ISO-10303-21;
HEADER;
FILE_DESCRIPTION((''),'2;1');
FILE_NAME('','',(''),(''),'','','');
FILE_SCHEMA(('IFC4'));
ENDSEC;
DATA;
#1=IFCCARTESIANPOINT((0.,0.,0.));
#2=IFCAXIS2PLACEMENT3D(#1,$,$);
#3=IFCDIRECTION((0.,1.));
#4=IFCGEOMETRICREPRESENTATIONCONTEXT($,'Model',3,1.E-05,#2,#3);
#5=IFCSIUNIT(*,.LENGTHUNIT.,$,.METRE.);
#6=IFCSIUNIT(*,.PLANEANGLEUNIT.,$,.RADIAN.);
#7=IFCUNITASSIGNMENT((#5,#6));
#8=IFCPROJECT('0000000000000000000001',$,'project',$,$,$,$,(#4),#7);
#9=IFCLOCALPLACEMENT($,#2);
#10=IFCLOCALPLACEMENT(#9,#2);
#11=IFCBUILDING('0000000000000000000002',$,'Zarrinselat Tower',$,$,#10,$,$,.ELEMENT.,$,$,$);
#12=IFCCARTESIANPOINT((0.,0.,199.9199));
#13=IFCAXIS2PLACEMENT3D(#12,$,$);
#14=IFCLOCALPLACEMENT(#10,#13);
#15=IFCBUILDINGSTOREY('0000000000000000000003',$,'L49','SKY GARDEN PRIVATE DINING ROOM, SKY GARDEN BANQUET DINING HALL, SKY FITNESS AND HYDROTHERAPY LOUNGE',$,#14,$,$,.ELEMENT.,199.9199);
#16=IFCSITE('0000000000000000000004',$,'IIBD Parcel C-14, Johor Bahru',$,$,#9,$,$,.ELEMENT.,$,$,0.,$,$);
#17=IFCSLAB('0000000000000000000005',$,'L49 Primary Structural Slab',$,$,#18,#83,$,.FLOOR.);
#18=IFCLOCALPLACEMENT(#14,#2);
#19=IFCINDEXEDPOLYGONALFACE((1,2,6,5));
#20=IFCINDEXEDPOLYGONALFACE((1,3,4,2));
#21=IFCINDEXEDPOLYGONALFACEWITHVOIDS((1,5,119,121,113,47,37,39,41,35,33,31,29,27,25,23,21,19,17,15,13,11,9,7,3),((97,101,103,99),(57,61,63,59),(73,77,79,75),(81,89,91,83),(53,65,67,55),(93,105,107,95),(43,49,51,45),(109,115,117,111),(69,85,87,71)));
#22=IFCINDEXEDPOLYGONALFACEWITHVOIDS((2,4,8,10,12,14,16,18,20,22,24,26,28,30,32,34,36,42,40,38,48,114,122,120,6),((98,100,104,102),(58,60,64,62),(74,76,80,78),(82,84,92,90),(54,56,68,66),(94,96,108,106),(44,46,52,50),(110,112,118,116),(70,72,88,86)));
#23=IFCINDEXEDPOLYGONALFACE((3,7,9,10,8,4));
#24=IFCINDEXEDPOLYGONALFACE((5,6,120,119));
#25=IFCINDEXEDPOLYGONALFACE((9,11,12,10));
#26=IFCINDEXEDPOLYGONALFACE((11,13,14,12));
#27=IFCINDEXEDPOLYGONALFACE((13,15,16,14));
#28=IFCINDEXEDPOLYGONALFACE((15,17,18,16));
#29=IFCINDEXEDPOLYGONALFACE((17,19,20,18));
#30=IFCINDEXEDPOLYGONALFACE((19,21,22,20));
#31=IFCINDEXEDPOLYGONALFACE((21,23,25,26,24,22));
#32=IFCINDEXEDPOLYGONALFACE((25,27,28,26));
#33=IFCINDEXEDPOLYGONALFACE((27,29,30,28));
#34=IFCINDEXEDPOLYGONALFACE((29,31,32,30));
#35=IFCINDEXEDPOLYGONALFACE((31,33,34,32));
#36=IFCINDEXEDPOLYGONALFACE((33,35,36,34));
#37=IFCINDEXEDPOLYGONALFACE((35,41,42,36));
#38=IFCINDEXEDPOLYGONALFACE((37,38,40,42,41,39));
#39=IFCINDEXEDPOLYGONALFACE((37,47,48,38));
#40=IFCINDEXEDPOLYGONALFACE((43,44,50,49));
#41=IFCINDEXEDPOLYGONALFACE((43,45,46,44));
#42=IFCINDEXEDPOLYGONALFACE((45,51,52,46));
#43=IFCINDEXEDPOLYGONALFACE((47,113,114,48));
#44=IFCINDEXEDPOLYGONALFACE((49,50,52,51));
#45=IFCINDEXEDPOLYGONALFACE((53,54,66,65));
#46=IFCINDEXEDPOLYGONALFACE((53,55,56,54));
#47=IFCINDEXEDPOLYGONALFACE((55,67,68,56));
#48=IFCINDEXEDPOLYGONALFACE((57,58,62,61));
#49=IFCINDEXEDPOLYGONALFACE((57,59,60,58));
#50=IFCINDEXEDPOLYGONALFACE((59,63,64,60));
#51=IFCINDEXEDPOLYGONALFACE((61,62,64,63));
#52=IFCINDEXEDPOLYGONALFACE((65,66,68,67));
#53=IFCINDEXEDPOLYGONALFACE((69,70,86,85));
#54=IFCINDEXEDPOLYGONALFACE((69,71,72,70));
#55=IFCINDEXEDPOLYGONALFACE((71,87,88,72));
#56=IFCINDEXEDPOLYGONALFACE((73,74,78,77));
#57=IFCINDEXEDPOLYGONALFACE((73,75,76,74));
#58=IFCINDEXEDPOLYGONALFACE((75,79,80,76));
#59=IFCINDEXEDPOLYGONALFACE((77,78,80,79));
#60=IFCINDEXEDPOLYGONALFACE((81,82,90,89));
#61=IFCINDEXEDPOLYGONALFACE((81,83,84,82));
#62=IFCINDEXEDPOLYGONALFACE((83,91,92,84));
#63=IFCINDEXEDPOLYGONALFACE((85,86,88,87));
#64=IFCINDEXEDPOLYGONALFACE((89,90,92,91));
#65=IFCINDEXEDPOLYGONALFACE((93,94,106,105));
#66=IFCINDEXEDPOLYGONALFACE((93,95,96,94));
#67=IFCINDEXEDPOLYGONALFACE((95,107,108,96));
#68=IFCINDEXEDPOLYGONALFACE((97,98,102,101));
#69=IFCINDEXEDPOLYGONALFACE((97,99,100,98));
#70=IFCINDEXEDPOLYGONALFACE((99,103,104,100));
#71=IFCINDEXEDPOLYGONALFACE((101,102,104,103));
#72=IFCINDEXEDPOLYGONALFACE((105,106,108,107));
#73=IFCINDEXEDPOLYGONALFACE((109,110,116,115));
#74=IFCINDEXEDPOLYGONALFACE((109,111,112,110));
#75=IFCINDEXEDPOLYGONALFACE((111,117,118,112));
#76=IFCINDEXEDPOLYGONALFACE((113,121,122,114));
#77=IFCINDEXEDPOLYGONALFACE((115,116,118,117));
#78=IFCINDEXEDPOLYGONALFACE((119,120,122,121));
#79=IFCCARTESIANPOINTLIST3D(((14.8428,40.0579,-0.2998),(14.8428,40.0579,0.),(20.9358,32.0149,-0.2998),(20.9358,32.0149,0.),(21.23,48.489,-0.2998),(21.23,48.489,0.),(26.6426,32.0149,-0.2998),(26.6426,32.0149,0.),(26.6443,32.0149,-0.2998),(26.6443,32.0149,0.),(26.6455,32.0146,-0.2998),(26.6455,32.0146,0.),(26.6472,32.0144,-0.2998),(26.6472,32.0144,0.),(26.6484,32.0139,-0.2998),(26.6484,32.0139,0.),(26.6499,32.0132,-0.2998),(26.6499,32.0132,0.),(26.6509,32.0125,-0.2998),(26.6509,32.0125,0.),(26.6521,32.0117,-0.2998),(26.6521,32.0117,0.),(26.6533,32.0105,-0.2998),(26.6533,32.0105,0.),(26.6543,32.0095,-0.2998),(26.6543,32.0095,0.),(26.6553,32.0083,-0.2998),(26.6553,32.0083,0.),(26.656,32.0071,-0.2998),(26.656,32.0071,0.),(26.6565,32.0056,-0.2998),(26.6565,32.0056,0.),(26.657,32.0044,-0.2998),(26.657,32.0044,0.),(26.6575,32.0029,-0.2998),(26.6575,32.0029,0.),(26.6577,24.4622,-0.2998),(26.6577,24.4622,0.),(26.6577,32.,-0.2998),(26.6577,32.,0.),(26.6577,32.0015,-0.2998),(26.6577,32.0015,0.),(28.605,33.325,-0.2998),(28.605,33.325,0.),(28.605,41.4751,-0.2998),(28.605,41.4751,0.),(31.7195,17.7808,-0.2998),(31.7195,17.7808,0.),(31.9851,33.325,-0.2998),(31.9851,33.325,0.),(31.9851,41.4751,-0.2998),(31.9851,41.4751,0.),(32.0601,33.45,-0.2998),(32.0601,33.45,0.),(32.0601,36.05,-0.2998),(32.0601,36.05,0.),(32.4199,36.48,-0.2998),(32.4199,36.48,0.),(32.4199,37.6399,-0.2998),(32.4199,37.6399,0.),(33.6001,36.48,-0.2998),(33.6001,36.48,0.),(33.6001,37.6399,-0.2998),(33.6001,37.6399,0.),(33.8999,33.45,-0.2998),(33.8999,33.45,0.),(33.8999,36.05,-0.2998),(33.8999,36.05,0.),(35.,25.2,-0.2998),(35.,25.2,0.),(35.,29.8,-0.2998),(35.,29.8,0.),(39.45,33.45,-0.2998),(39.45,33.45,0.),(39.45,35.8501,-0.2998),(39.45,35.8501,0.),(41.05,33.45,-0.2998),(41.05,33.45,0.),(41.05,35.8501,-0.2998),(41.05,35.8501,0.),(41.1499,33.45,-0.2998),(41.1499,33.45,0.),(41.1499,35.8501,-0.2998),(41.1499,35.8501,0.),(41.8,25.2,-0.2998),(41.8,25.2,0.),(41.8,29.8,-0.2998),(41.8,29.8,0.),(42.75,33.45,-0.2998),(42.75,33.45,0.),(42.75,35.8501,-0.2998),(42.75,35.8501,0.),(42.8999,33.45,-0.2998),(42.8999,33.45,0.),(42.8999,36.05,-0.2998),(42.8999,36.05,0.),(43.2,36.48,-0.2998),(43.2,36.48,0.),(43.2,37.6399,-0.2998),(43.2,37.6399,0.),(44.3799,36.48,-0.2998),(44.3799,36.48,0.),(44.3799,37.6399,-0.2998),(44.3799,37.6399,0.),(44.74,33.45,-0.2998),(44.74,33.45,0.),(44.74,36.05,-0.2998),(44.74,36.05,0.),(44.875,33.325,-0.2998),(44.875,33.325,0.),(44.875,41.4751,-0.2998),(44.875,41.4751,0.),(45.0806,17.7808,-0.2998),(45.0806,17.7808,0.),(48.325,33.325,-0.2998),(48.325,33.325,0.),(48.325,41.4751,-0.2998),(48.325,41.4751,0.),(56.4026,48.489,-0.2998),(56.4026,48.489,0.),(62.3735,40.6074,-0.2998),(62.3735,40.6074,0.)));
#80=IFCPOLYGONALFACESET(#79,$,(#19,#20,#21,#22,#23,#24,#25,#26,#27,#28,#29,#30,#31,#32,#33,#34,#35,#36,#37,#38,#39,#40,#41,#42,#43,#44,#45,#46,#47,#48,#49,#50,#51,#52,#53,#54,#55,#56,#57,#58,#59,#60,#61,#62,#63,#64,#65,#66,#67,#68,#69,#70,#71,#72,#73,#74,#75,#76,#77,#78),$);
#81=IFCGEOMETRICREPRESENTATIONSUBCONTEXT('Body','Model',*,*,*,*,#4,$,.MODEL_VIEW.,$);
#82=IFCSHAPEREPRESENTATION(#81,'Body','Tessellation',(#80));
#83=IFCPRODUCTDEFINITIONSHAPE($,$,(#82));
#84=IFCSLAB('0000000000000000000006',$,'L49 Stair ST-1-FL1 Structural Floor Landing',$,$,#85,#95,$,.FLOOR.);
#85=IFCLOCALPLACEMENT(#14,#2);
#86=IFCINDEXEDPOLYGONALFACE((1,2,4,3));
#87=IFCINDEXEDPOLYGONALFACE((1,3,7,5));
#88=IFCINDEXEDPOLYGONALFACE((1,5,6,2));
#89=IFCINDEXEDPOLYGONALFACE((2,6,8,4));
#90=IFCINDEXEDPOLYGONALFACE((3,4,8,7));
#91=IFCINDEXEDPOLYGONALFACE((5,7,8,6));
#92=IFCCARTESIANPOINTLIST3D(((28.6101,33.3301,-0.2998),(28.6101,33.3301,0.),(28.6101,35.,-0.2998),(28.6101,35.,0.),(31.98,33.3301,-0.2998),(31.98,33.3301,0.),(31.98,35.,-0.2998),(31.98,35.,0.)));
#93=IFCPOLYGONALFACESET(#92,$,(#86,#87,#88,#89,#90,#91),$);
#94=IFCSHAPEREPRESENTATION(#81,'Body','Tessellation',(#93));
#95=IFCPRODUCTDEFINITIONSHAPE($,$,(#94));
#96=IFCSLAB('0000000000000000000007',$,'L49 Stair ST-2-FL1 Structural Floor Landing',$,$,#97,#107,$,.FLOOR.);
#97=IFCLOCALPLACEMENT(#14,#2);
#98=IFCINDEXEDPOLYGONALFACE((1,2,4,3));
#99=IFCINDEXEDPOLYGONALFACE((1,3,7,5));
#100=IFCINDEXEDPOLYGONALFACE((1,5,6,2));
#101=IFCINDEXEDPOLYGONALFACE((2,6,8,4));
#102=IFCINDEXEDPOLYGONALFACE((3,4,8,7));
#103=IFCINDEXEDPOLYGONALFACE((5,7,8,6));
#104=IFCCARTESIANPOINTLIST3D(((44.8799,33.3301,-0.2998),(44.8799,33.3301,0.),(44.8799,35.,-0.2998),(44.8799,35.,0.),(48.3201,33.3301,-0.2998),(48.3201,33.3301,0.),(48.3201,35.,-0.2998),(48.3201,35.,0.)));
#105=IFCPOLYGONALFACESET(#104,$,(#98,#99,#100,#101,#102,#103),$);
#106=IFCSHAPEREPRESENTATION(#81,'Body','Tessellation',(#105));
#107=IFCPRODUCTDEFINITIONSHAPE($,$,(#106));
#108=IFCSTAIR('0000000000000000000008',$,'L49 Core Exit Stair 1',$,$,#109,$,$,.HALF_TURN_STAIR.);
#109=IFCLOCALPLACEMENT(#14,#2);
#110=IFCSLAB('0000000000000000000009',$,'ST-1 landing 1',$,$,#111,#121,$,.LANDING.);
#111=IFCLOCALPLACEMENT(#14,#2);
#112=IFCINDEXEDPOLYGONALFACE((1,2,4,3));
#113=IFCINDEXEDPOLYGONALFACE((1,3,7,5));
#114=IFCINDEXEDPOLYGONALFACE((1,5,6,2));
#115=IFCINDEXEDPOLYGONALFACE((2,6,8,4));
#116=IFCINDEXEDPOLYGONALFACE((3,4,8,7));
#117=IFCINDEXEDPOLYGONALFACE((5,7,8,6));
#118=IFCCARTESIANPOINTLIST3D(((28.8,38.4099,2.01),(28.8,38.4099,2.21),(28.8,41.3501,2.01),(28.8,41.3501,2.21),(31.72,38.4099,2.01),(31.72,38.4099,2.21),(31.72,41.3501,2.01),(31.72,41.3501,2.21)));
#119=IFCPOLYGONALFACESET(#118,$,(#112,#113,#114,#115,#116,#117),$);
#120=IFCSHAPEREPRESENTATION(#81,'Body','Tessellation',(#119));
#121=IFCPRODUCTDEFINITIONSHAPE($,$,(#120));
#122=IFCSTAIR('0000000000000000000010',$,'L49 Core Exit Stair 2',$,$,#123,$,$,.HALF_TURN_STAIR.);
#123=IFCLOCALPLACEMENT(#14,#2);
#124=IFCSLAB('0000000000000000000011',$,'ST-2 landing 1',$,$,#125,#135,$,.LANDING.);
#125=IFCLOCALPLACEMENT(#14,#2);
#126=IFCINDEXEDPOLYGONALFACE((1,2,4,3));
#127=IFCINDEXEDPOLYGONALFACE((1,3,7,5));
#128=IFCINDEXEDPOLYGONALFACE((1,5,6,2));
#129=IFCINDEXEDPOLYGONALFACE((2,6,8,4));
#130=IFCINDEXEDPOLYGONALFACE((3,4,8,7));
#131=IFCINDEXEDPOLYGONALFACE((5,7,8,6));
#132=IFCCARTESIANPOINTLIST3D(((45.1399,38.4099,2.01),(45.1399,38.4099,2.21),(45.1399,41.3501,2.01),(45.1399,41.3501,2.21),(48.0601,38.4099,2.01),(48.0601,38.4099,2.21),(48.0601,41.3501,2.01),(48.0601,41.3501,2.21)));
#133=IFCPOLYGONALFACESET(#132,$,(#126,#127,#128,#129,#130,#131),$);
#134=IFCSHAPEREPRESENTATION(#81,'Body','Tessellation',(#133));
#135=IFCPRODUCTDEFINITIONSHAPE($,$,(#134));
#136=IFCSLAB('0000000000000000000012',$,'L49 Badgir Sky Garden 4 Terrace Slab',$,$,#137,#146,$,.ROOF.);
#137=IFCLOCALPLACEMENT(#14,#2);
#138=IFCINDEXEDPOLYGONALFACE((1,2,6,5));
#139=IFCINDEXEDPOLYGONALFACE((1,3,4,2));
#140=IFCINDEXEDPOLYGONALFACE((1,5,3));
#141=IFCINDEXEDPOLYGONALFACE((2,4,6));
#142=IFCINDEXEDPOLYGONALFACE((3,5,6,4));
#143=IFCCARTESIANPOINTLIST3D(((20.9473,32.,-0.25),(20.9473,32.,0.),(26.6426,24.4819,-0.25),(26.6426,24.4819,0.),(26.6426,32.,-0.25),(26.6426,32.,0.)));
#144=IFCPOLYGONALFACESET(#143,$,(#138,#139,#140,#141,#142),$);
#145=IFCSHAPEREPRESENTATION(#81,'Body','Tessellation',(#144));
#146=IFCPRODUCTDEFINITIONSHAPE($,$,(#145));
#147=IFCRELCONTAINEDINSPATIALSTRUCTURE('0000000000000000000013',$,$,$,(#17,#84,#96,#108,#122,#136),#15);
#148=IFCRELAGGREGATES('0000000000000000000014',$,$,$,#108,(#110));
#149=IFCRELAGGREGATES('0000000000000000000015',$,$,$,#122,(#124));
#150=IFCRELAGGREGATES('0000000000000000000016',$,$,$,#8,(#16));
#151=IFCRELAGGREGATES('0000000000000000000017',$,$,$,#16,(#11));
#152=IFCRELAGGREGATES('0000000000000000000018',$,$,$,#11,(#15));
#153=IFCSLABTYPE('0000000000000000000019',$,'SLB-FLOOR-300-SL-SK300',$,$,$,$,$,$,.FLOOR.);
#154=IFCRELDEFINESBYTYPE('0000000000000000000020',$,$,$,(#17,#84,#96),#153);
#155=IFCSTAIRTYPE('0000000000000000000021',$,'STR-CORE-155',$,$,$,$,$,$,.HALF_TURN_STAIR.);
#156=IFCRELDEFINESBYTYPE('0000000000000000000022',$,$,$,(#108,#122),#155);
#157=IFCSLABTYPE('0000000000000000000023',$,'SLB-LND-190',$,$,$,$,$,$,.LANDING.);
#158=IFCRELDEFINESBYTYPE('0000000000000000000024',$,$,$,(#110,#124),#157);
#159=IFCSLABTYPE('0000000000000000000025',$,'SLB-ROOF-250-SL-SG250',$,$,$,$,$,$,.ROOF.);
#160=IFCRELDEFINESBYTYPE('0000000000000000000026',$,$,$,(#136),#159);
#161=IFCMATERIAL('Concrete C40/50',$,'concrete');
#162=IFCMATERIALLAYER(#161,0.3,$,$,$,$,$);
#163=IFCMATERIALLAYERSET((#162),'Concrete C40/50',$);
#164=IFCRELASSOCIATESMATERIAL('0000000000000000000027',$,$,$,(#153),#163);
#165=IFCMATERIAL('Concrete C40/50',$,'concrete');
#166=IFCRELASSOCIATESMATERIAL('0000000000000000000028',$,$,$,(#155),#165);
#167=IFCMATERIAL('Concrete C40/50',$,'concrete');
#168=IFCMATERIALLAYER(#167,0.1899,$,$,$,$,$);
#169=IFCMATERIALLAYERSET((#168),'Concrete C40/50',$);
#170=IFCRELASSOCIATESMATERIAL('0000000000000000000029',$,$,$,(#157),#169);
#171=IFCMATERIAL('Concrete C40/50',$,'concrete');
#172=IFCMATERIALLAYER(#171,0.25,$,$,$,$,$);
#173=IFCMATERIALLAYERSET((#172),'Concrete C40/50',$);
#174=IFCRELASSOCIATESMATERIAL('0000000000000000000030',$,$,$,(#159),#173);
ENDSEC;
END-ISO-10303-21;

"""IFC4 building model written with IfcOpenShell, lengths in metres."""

from ifc_helpers import new_model, si_unit, direction, frame, origin, place, context, subcontext, project, spatial, polyline, outline, extrude, material, layer, layer_set, type_object, element, aggregate, save


model = new_model("IFC4")

# Units and contexts
model_context = context("Model", 3, precision=1e-05, world=origin(), true_north=direction((0.0, 1.0)))
body_context = subcontext(model_context, "Body", "Model", "MODEL_VIEW")
ifc_project = project(units=[si_unit("LENGTHUNIT", "METRE"), si_unit("PLANEANGLEUNIT", "RADIAN")], contexts=[model_context])

# Site, building, storey
site_placement = place(None, origin())
site = spatial("IfcSite", under=ifc_project, at=site_placement, Name="IIBD Parcel C-14, Johor Bahru", CompositionType="ELEMENT", RefElevation=0.0)
building_placement = place(site_placement, origin())
building = spatial("IfcBuilding", under=site, at=building_placement, Name="Zarrinselat Tower", CompositionType="ELEMENT")
storey_placement = place(building_placement, frame((0.0, 0.0, 199.9199)))
storey = spatial("IfcBuildingStorey", under=building, at=storey_placement, Name="L49", Description="SKY GARDEN PRIVATE DINING ROOM, SKY GARDEN BANQUET DINING HALL, SKY FITNESS AND HYDROTHERAPY LOUNGE", CompositionType="ELEMENT", Elevation=199.9199)

# Slabs
ifc_material_1 = material(Name="Concrete C40/50", Category="concrete")
ifc_layer_1 = layer(ifc_material_1, 0.3)
ifc_layer_set_1 = layer_set([ifc_layer_1], Name="Concrete C40/50")
slab_type_1 = type_object("IfcSlabType", Name="SLB-FLOOR-300-SL-SK300", PredefinedType="FLOOR", material=ifc_layer_set_1)
slab_1_placement = place(storey_placement, frame((0.0, 0.0, -0.2998)))
element("IfcSlab", 1, at=slab_1_placement, inside=storey, type_object=slab_type_1, Name="L49 Primary Structural Slab", PredefinedType="FLOOR", context=body_context, shape_type="SweptSolid", body=[
    extrude(outline(polyline([(14.8428, 40.0579), (21.23, 48.489), (56.4026, 48.489), (62.3735, 40.6074), (45.0806, 17.7808), (31.7195, 17.7808), (26.6577, 24.4622), (26.6577, 32.0), (26.6577, 32.0015), (26.6575, 32.0029), (26.657, 32.0044), (26.6565, 32.0056), (26.656, 32.0071), (26.6553, 32.0083), (26.6543, 32.0095), (26.6533, 32.0105), (26.6521, 32.0117), (26.6509, 32.0125), (26.6499, 32.0132), (26.6484, 32.0139), (26.6472, 32.0144), (26.6455, 32.0146), (26.6443, 32.0149), (26.6426, 32.0149), (20.9358, 32.0149), (14.8428, 40.0579)]), holes=[polyline([(41.8, 25.2), (35.0, 25.2), (35.0, 29.8), (41.8, 29.8), (41.8, 25.2)]), polyline([(41.05, 33.45), (39.45, 33.45), (39.45, 35.8501), (41.05, 35.8501), (41.05, 33.45)]), polyline([(42.75, 33.45), (41.1499, 33.45), (41.1499, 35.8501), (42.75, 35.8501), (42.75, 33.45)]), polyline([(33.8999, 33.45), (32.0601, 33.45), (32.0601, 36.05), (33.8999, 36.05), (33.8999, 33.45)]), polyline([(44.74, 33.45), (42.8999, 33.45), (42.8999, 36.05), (44.74, 36.05), (44.74, 33.45)]), polyline([(33.6001, 36.48), (32.4199, 36.48), (32.4199, 37.6399), (33.6001, 37.6399), (33.6001, 36.48)]), polyline([(44.3799, 36.48), (43.2, 36.48), (43.2, 37.6399), (44.3799, 37.6399), (44.3799, 36.48)]), polyline([(31.9851, 33.325), (28.605, 33.325), (28.605, 41.4751), (31.9851, 41.4751), (31.9851, 33.325)]), polyline([(48.325, 33.325), (44.875, 33.325), (44.875, 41.4751), (48.325, 41.4751), (48.325, 33.325)])]), origin(), (0.0, 0.0, 1.0), 0.2998),
])
slab_2_placement = place(storey_placement, frame((0.0, 0.0, -0.2998)))
element("IfcSlab", 2, at=slab_2_placement, inside=storey, type_object=slab_type_1, Name="L49 Stair ST-1-FL1 Structural Floor Landing", PredefinedType="FLOOR", context=body_context, shape_type="SweptSolid", body=[
    extrude(outline(polyline([(31.98, 33.3301), (31.98, 35.0), (28.6101, 35.0), (28.6101, 33.3301), (31.98, 33.3301)])), origin(), (0.0, 0.0, 1.0), 0.2998),
])
slab_3_placement = place(storey_placement, frame((0.0, 0.0, -0.2998)))
element("IfcSlab", 3, at=slab_3_placement, inside=storey, type_object=slab_type_1, Name="L49 Stair ST-2-FL1 Structural Floor Landing", PredefinedType="FLOOR", context=body_context, shape_type="SweptSolid", body=[
    extrude(outline(polyline([(48.3201, 33.3301), (48.3201, 35.0), (44.8799, 35.0), (44.8799, 33.3301), (48.3201, 33.3301)])), origin(), (0.0, 0.0, 1.0), 0.2998),
])

# Stairs, slabs
ifc_material_2 = material(Name="Concrete C40/50", Category="concrete")
stair_type = type_object("IfcStairType", Name="STR-CORE-155", PredefinedType="HALF_TURN_STAIR", material=ifc_material_2)
stair_1_placement = place(storey_placement, origin())
stair_1 = element("IfcStair", 4, at=stair_1_placement, inside=storey, type_object=stair_type, Name="L49 Core Exit Stair 1", PredefinedType="HALF_TURN_STAIR")
ifc_material_3 = material(Name="Concrete C40/50", Category="concrete")
ifc_layer_2 = layer(ifc_material_3, 0.1899)
ifc_layer_set_2 = layer_set([ifc_layer_2], Name="Concrete C40/50")
slab_type_2 = type_object("IfcSlabType", Name="SLB-LND-190", PredefinedType="LANDING", material=ifc_layer_set_2)
slab_4_placement = place(storey_placement, frame((0.0, 0.0, 2.01)))
slab_4 = element("IfcSlab", 5, at=slab_4_placement, type_object=slab_type_2, Name="ST-1 landing 1", PredefinedType="LANDING", context=body_context, shape_type="SweptSolid", body=[
    extrude(outline(polyline([(31.72, 38.4099), (31.72, 41.3501), (28.8, 41.3501), (28.8, 38.4099), (31.72, 38.4099)])), origin(), (0.0, 0.0, 1.0), 0.2),
])
aggregate(stair_1, [slab_4])
stair_2_placement = place(storey_placement, origin())
stair_2 = element("IfcStair", 6, at=stair_2_placement, inside=storey, type_object=stair_type, Name="L49 Core Exit Stair 2", PredefinedType="HALF_TURN_STAIR")
slab_5_placement = place(storey_placement, frame((0.0, 0.0, 2.01)))
slab_5 = element("IfcSlab", 7, at=slab_5_placement, type_object=slab_type_2, Name="ST-2 landing 1", PredefinedType="LANDING", context=body_context, shape_type="SweptSolid", body=[
    extrude(outline(polyline([(48.0601, 38.4099), (48.0601, 41.3501), (45.1399, 41.3501), (45.1399, 38.4099), (48.0601, 38.4099)])), origin(), (0.0, 0.0, 1.0), 0.2),
])
aggregate(stair_2, [slab_5])

# Slab
ifc_material_4 = material(Name="Concrete C40/50", Category="concrete")
ifc_layer_3 = layer(ifc_material_4, 0.25)
ifc_layer_set_3 = layer_set([ifc_layer_3], Name="Concrete C40/50")
slab_type_3 = type_object("IfcSlabType", Name="SLB-ROOF-250-SL-SG250", PredefinedType="ROOF", material=ifc_layer_set_3)
slab_6_placement = place(storey_placement, frame((0.0, 0.0, -0.25)))
element("IfcSlab", 8, at=slab_6_placement, inside=storey, type_object=slab_type_3, Name="L49 Badgir Sky Garden 4 Terrace Slab", PredefinedType="ROOF", context=body_context, shape_type="SweptSolid", body=[
    extrude(outline(polyline([(20.9473, 32.0), (26.6426, 32.0), (26.6426, 24.4819), (20.9473, 32.0)])), origin(), (0.0, 0.0, 1.0), 0.25),
])

save(model, "model.ifc")
